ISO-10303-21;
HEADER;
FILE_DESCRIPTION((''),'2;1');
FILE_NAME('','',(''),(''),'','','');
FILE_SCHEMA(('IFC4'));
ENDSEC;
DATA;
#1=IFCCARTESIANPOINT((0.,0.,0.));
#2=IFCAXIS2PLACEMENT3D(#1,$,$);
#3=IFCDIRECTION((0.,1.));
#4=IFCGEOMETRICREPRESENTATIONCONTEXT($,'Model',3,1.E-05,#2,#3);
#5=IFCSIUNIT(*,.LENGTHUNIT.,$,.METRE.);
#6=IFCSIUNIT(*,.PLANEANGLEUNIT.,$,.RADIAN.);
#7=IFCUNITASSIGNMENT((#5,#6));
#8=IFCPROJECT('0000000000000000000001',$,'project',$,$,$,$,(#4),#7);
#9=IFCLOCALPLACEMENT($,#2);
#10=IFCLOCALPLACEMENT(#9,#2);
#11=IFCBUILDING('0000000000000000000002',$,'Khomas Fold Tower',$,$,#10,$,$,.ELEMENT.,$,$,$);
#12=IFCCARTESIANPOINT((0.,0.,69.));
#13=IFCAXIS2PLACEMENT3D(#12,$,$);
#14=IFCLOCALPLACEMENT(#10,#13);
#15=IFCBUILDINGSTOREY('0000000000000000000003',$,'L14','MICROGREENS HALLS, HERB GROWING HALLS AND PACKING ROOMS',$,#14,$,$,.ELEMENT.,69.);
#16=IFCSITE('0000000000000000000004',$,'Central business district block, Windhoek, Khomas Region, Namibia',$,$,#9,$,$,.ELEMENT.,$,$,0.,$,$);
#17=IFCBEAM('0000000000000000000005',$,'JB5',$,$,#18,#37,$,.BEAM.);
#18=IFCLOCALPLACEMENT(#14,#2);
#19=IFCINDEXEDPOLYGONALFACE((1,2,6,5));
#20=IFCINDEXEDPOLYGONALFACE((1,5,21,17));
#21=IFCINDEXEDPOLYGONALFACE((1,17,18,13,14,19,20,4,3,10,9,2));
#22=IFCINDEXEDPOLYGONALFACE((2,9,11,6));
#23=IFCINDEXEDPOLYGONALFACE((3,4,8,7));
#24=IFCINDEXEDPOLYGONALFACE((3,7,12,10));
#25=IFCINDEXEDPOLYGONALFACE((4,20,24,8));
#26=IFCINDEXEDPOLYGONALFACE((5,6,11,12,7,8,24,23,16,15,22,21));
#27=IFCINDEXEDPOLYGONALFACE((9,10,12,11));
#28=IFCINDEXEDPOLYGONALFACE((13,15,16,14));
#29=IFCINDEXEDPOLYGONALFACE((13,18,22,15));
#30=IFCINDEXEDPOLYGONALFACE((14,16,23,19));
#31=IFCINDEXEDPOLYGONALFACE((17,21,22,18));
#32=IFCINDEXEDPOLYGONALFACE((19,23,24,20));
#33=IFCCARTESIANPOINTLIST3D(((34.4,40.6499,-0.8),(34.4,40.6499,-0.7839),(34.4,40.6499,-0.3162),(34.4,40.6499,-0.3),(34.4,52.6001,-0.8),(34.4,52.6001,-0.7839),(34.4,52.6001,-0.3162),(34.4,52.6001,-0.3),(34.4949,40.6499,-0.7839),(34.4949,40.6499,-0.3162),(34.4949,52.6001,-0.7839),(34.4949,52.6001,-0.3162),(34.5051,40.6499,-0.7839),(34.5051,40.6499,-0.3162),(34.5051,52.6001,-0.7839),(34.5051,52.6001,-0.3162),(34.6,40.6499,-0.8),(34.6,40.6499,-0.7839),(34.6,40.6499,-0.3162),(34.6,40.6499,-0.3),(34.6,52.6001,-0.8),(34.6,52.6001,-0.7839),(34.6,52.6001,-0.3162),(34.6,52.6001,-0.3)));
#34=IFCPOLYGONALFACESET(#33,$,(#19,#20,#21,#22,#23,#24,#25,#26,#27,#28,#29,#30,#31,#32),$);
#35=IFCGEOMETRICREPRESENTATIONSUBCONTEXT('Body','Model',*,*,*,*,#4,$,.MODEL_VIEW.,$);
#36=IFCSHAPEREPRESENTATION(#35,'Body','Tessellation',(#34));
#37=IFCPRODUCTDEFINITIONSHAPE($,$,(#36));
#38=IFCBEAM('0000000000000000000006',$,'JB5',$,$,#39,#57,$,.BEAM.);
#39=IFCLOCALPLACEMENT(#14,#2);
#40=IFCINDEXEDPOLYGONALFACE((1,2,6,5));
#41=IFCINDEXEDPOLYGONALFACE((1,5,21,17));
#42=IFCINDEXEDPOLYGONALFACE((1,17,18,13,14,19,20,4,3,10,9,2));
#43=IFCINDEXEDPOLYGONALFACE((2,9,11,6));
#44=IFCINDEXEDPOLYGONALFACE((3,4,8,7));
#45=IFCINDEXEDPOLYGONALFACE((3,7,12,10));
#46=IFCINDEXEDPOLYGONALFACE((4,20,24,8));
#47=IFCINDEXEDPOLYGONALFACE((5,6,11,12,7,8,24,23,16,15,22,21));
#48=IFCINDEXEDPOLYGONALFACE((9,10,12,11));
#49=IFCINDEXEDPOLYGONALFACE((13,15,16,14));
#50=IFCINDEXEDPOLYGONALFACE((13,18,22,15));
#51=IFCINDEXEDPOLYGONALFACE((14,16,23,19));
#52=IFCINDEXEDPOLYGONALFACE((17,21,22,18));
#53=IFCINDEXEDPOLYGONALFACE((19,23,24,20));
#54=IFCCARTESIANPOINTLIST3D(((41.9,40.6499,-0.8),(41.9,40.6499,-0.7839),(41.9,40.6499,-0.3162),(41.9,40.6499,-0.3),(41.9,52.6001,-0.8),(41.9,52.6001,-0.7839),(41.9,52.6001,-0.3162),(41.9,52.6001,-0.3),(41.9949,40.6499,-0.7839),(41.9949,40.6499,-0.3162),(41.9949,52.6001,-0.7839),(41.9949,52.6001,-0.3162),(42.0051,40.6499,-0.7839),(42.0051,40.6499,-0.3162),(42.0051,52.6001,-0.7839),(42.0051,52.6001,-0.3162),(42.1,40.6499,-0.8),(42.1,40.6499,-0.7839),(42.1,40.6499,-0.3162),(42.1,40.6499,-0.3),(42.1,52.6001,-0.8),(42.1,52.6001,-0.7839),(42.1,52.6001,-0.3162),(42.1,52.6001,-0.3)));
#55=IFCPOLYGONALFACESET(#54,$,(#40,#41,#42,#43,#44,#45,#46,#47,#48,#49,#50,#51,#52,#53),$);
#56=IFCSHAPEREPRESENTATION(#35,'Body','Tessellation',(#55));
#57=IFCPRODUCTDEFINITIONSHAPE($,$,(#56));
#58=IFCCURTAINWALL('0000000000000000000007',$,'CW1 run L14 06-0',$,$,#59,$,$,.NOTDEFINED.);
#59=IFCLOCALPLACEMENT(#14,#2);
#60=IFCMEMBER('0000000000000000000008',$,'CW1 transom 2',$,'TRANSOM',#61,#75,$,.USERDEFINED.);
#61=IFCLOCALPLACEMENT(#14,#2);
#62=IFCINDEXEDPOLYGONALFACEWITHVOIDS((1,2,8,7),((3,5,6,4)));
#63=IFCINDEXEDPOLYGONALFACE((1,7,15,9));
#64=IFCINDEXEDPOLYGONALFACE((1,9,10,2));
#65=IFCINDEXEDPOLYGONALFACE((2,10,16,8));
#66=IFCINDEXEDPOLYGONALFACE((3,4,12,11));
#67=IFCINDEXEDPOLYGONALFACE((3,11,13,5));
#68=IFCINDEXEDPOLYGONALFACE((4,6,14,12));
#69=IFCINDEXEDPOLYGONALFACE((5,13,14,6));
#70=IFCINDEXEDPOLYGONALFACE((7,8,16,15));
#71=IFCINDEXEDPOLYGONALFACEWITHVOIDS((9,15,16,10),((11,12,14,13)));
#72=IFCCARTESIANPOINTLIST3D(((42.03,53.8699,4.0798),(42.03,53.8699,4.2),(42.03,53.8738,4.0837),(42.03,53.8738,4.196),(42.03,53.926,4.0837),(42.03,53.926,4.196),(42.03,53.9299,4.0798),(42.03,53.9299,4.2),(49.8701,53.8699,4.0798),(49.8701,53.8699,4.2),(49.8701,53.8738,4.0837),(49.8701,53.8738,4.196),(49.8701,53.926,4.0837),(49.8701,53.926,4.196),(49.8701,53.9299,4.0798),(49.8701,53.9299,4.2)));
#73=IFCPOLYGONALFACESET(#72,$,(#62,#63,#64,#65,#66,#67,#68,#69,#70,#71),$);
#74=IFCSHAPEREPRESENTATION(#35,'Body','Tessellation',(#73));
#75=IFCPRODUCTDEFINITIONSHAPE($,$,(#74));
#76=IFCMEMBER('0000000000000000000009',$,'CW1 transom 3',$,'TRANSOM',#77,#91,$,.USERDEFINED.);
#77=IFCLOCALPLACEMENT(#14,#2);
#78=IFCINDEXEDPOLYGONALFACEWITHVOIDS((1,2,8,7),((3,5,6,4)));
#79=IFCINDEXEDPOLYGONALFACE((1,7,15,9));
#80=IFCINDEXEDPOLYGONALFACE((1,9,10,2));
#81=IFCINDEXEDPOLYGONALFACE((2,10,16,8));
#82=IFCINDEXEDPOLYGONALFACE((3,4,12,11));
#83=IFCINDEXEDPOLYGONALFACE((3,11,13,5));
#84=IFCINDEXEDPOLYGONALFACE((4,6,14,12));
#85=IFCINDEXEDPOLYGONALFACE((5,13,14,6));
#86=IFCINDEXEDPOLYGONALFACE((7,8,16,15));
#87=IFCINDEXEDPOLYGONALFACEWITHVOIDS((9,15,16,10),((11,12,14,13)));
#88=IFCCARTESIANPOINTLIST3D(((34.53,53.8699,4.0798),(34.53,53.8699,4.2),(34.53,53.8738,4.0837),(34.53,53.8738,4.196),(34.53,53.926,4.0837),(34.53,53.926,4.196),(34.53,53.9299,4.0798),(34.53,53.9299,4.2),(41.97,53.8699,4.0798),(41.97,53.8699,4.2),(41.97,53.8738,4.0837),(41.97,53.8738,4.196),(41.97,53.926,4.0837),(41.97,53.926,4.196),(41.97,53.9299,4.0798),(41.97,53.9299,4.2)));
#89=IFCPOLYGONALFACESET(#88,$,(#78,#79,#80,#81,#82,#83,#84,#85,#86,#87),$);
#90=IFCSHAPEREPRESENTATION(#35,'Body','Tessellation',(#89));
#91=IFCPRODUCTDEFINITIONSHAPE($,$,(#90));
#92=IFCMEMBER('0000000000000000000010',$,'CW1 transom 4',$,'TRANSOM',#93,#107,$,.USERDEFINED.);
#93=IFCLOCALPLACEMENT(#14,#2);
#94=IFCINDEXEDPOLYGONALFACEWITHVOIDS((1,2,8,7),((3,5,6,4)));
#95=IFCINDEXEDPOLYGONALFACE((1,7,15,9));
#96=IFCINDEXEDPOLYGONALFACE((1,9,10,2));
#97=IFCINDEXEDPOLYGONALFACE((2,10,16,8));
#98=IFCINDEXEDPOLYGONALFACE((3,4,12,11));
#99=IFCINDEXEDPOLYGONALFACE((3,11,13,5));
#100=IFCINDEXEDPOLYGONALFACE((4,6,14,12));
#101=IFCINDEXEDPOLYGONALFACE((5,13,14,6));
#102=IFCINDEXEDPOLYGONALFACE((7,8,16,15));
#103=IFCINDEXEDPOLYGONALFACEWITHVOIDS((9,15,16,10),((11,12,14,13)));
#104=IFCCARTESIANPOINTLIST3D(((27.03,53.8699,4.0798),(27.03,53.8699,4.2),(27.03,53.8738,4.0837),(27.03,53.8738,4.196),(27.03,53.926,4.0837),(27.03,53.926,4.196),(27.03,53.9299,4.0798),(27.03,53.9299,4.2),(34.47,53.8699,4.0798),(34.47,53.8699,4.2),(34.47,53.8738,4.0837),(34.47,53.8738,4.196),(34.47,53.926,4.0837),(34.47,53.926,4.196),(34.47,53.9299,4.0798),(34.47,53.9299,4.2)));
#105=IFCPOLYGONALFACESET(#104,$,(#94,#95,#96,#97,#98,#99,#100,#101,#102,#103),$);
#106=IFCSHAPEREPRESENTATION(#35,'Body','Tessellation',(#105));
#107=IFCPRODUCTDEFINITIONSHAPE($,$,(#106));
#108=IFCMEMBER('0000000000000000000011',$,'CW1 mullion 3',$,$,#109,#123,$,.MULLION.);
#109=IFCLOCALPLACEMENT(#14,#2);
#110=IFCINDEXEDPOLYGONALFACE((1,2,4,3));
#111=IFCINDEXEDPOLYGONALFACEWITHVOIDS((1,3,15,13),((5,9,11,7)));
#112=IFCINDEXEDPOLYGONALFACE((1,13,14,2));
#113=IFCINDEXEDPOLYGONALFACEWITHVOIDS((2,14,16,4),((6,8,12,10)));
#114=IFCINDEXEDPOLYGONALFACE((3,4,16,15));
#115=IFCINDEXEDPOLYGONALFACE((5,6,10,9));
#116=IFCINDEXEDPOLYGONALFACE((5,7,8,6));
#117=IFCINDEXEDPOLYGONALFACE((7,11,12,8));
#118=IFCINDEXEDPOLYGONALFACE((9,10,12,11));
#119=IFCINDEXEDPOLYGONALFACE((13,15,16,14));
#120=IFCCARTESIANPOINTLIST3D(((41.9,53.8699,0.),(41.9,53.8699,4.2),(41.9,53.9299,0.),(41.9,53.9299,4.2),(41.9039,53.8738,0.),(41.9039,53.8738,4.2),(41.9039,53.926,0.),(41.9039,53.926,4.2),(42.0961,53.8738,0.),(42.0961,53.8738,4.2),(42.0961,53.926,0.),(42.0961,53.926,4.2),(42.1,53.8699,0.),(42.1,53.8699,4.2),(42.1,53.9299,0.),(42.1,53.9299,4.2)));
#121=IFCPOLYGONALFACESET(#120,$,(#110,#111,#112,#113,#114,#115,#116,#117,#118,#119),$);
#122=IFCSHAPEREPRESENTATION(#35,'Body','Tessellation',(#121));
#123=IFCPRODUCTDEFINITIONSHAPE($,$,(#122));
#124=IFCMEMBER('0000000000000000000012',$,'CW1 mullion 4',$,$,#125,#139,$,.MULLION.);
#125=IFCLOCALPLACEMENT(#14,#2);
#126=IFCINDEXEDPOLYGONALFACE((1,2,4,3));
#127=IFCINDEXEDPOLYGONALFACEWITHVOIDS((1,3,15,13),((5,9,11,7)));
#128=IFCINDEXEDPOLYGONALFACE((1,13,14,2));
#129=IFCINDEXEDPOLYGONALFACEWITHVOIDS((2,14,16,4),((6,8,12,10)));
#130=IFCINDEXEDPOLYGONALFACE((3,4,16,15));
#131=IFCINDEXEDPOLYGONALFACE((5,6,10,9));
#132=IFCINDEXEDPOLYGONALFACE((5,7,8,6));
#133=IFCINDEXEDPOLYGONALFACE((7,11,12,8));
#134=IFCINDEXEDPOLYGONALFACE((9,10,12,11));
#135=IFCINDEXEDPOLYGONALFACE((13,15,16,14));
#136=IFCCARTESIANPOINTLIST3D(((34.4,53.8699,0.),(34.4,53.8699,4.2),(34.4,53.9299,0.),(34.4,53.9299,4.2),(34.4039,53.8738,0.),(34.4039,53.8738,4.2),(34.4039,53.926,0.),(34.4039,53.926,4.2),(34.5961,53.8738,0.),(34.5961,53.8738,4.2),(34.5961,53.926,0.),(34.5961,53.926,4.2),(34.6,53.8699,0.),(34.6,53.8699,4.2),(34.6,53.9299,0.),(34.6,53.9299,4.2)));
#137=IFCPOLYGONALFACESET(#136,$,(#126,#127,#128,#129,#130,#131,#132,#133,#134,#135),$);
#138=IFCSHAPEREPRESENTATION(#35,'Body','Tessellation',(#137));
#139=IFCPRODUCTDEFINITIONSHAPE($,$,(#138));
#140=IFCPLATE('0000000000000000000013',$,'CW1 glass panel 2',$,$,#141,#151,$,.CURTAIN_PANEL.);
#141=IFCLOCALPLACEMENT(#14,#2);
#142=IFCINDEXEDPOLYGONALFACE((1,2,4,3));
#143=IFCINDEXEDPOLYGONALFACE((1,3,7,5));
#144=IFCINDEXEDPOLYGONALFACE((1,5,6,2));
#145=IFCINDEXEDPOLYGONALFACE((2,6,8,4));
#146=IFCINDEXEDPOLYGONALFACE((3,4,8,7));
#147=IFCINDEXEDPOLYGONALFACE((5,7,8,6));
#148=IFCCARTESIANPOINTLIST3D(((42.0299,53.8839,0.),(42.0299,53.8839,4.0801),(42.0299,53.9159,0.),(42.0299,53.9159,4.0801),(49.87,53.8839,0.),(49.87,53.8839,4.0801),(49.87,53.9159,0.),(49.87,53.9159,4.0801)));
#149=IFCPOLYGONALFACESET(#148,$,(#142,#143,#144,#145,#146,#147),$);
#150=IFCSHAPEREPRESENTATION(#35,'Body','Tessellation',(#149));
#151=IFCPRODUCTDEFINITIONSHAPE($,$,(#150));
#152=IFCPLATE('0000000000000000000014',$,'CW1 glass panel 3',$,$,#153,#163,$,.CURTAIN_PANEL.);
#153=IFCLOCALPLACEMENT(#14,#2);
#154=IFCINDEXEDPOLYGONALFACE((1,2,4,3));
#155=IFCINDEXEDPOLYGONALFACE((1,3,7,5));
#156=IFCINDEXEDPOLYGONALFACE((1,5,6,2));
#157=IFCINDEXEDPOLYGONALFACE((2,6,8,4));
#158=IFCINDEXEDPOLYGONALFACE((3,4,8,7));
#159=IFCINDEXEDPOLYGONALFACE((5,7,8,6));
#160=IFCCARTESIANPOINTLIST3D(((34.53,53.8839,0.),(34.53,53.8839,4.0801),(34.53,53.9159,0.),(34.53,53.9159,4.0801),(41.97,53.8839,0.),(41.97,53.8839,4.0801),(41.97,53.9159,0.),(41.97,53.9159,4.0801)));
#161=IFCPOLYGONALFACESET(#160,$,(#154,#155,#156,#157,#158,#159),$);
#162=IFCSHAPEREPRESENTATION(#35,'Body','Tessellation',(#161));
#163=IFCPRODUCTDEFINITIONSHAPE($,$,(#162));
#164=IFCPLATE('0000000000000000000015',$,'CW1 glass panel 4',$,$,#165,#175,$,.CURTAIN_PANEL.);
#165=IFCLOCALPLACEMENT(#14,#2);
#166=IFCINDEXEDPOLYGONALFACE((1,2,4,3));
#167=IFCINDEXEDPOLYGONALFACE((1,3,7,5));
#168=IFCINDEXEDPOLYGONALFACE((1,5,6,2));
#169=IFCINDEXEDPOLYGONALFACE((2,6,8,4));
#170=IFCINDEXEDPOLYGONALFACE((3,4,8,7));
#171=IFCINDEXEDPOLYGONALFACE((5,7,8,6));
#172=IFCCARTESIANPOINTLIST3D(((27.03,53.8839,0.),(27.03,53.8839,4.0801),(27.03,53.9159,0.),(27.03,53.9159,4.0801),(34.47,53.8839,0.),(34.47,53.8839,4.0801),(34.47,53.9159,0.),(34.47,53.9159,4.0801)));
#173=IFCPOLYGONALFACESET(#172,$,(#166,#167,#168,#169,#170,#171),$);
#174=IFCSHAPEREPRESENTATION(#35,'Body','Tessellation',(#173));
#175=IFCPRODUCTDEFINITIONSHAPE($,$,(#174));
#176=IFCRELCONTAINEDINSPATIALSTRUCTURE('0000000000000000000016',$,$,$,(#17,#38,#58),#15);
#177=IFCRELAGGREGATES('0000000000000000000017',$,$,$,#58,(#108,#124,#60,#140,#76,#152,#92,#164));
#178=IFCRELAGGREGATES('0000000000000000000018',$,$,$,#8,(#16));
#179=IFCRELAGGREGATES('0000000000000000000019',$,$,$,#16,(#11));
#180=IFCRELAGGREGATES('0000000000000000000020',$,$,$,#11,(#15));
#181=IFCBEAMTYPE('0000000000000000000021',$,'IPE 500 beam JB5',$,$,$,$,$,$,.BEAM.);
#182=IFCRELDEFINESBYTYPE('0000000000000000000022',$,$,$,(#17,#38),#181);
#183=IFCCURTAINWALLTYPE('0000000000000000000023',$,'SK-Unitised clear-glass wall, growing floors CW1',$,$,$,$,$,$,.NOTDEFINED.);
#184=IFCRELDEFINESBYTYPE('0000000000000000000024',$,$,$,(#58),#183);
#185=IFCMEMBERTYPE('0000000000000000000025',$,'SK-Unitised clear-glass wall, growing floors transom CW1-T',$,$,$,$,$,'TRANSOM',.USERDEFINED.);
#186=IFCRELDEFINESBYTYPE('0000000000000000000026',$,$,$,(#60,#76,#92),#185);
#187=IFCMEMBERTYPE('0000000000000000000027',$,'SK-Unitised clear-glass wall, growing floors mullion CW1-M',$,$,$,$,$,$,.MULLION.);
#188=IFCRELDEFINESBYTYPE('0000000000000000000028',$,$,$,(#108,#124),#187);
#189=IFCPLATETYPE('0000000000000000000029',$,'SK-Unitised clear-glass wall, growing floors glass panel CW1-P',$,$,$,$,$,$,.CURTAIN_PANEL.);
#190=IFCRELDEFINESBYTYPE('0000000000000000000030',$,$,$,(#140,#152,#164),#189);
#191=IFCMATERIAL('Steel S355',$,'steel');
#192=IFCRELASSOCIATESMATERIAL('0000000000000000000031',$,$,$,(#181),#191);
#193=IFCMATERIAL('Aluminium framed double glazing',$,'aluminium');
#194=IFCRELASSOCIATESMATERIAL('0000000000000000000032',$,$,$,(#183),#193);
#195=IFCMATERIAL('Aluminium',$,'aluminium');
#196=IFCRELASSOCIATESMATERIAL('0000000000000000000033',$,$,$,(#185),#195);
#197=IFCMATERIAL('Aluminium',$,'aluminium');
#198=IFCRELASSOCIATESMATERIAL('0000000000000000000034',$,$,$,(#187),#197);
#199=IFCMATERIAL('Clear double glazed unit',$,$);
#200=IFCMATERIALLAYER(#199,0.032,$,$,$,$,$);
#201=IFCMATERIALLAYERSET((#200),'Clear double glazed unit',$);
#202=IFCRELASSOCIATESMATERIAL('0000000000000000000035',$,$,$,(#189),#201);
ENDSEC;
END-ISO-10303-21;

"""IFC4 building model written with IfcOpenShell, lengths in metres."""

from ifc_helpers import new_model, si_unit, direction, frame, origin, origin_2d, place, context, subcontext, project, spatial, rectangle, hollow_rectangle, i_section, extrude, source, transform, mapped, material, layer, layer_set, material_profile, profile_set, type_object, element, aggregate, save


model = new_model("IFC4")

# Units and contexts
model_context = context("Model", 3, precision=1e-05, world=origin(), true_north=direction((0.0, 1.0)))
body_context = subcontext(model_context, "Body", "Model", "MODEL_VIEW")
ifc_project = project(units=[si_unit("LENGTHUNIT", "METRE"), si_unit("PLANEANGLEUNIT", "RADIAN")], contexts=[model_context])

# Site, building, storey
site_placement = place(None, origin())
site = spatial("IfcSite", under=ifc_project, at=site_placement, Name="Central business district block, Windhoek, Khomas Region, Namibia", CompositionType="ELEMENT", RefElevation=0.0)
building_placement = place(site_placement, origin())
building = spatial("IfcBuilding", under=site, at=building_placement, Name="Khomas Fold Tower", CompositionType="ELEMENT")
storey_placement = place(building_placement, frame((0.0, 0.0, 69.0)))
storey = spatial("IfcBuildingStorey", under=building, at=storey_placement, Name="L14", Description="MICROGREENS HALLS, HERB GROWING HALLS AND PACKING ROOMS", CompositionType="ELEMENT", Elevation=69.0)

# Beams
ifc_material_1 = material(Name="Steel S355", Category="steel")
ifc_material_profile_1 = material_profile(ifc_material_1, i_section(OverallWidth=0.2, OverallDepth=0.5, WebThickness=0.0103, FlangeThickness=0.0161, at=origin_2d()), Name="IPE 500")
ifc_profile_set_1 = profile_set([ifc_material_profile_1], Name="Steel S355")
beam_type_1 = type_object("IfcBeamType", Name="IPE 500 beam JB5", PredefinedType="BEAM", material=ifc_profile_set_1)
shared_shape_1 = source(origin(), body_context, "Body", "SweptSolid", [
    extrude(i_section(OverallWidth=0.2, OverallDepth=0.5, WebThickness=0.0103, FlangeThickness=0.0161, at=origin_2d()), origin(), (0.0, 0.0, 1.0), 11.9502),
])
for number, where, z_axis, x_axis, name in (
    (1, (34.5, 40.6499, -0.55), (0.0, 1.0, 0.0), (-1.0, 0.0, 0.0), "JB5"),
    (2, (42.0, 40.6499, -0.55), (0.0, 1.0, 0.0), (-1.0, 0.0, 0.0), "JB5"),
):
    element("IfcBeam", number, at=place(storey_placement, frame(where, z_axis=z_axis, x_axis=x_axis)), inside=storey, type_object=beam_type_1, Name=name, PredefinedType="BEAM", context=body_context, shape_type="MappedRepresentation", body=[
        mapped(shared_shape_1, transform((0.0, 0.0, 0.0))),
    ])

# Curtain wall, members, plates
ifc_material_2 = material(Name="Aluminium framed double glazing", Category="aluminium")
curtain_wall_type = type_object("IfcCurtainWallType", Name="SK-Unitised clear-glass wall, growing floors CW1", PredefinedType="NOTDEFINED", material=ifc_material_2)
curtain_wall_placement = place(storey_placement, origin())
curtain_wall = element("IfcCurtainWall", 3, at=curtain_wall_placement, inside=storey, type_object=curtain_wall_type, Name="CW1 run L14 06-0", PredefinedType="NOTDEFINED")
ifc_material_3 = material(Name="Aluminium", Category="aluminium")
ifc_material_profile_2 = material_profile(ifc_material_3, hollow_rectangle(XDim=0.0601, YDim=0.1201, WallThickness=0.0039, at=origin_2d()), Name="SK-Unitised clear-glass wall, growing floors transom CW1-T")
ifc_profile_set_2 = profile_set([ifc_material_profile_2], Name="Aluminium")
member_type_1 = type_object("IfcMemberType", Name="SK-Unitised clear-glass wall, growing floors transom CW1-T", ElementType="TRANSOM", PredefinedType="USERDEFINED", material=ifc_profile_set_2)
shared_shape_2 = source(origin(), body_context, "Body", "SweptSolid", [
    extrude(hollow_rectangle(XDim=0.0601, YDim=0.1201, WallThickness=0.0039, at=origin_2d()), origin(), (0.0, 0.0, 1.0), 7.8401),
])
member_1_placement = place(storey_placement, frame((49.8701, 53.8999, 4.1399), z_axis=(-1.0, 0.0, 0.0), x_axis=(0.0, -1.0, 0.0)))
member_1 = element("IfcMember", 4, at=member_1_placement, type_object=member_type_1, Name="CW1 transom 2", ObjectType="TRANSOM", PredefinedType="USERDEFINED", context=body_context, shape_type="MappedRepresentation", body=[
    mapped(shared_shape_2, transform((0.0, 0.0, 0.0))),
])
shared_shape_3 = source(origin(), body_context, "Body", "SweptSolid", [
    extrude(hollow_rectangle(XDim=0.0601, YDim=0.1201, WallThickness=0.0039, at=origin_2d()), origin(), (0.0, 0.0, 1.0), 7.4399),
])
member_2_placement = place(storey_placement, frame((41.97, 53.8999, 4.1399), z_axis=(-1.0, 0.0, 0.0), x_axis=(0.0, -1.0, 0.0)))
member_2 = element("IfcMember", 5, at=member_2_placement, type_object=member_type_1, Name="CW1 transom 3", ObjectType="TRANSOM", PredefinedType="USERDEFINED", context=body_context, shape_type="MappedRepresentation", body=[
    mapped(shared_shape_3, transform((0.0, 0.0, 0.0))),
])
member_3_placement = place(storey_placement, frame((34.47, 53.8999, 4.1399), z_axis=(-1.0, 0.0, 0.0), x_axis=(0.0, -1.0, 0.0)))
member_3 = element("IfcMember", 6, at=member_3_placement, type_object=member_type_1, Name="CW1 transom 4", ObjectType="TRANSOM", PredefinedType="USERDEFINED", context=body_context, shape_type="MappedRepresentation", body=[
    mapped(shared_shape_3, transform((0.0, 0.0, 0.0))),
])
ifc_material_4 = material(Name="Aluminium", Category="aluminium")
ifc_material_profile_3 = material_profile(ifc_material_4, hollow_rectangle(XDim=0.0601, YDim=0.2, WallThickness=0.0039, at=origin_2d()), Name="SK-Unitised clear-glass wall, growing floors mullion CW1-M")
ifc_profile_set_3 = profile_set([ifc_material_profile_3], Name="Aluminium")
member_type_2 = type_object("IfcMemberType", Name="SK-Unitised clear-glass wall, growing floors mullion CW1-M", PredefinedType="MULLION", material=ifc_profile_set_3)
shared_shape_4 = source(origin(), body_context, "Body", "SweptSolid", [
    extrude(hollow_rectangle(XDim=0.0601, YDim=0.2, WallThickness=0.0039, at=origin_2d()), origin(), (0.0, 0.0, 1.0), 4.2),
])
member_4_placement = place(storey_placement, frame((42.0, 53.8999, 0.0), z_axis=(0.0, 0.0, 1.0), x_axis=(0.0, -1.0, 0.0)))
member_4 = element("IfcMember", 7, at=member_4_placement, type_object=member_type_2, Name="CW1 mullion 3", PredefinedType="MULLION", context=body_context, shape_type="MappedRepresentation", body=[
    mapped(shared_shape_4, transform((0.0, 0.0, 0.0))),
])
member_5_placement = place(storey_placement, frame((34.5, 53.8999, 0.0), z_axis=(0.0, 0.0, 1.0), x_axis=(0.0, -1.0, 0.0)))
member_5 = element("IfcMember", 8, at=member_5_placement, type_object=member_type_2, Name="CW1 mullion 4", PredefinedType="MULLION", context=body_context, shape_type="MappedRepresentation", body=[
    mapped(shared_shape_4, transform((0.0, 0.0, 0.0))),
])
ifc_material_5 = material(Name="Clear double glazed unit")
ifc_layer_1 = layer(ifc_material_5, 0.032)
ifc_layer_set_1 = layer_set([ifc_layer_1], Name="Clear double glazed unit")
plate_type = type_object("IfcPlateType", Name="SK-Unitised clear-glass wall, growing floors glass panel CW1-P", PredefinedType="CURTAIN_PANEL", material=ifc_layer_set_1)
shared_shape_5 = source(origin(), body_context, "Body", "SweptSolid", [
    extrude(rectangle(XDim=7.8401, YDim=0.032, at=origin_2d()), origin(), (0.0, 0.0, 1.0), 4.0801),
])
plate_1_placement = place(storey_placement, frame((45.95, 53.8999, 0.0), z_axis=(0.0, 0.0, 1.0), x_axis=(-1.0, 0.0, 0.0)))
plate_1 = element("IfcPlate", 9, at=plate_1_placement, type_object=plate_type, Name="CW1 glass panel 2", PredefinedType="CURTAIN_PANEL", context=body_context, shape_type="MappedRepresentation", body=[
    mapped(shared_shape_5, transform((0.0, 0.0, 0.0))),
])
shared_shape_6 = source(origin(), body_context, "Body", "SweptSolid", [
    extrude(rectangle(XDim=7.4399, YDim=0.032, at=origin_2d()), origin(), (0.0, 0.0, 1.0), 4.0801),
])
plate_2_placement = place(storey_placement, frame((38.25, 53.8999, 0.0), z_axis=(0.0, 0.0, 1.0), x_axis=(-1.0, 0.0, 0.0)))
plate_2 = element("IfcPlate", 10, at=plate_2_placement, type_object=plate_type, Name="CW1 glass panel 3", PredefinedType="CURTAIN_PANEL", context=body_context, shape_type="MappedRepresentation", body=[
    mapped(shared_shape_6, transform((0.0, 0.0, 0.0))),
])
plate_3_placement = place(storey_placement, frame((30.75, 53.8999, 0.0), z_axis=(0.0, 0.0, 1.0), x_axis=(-1.0, 0.0, 0.0)))
plate_3 = element("IfcPlate", 11, at=plate_3_placement, type_object=plate_type, Name="CW1 glass panel 4", PredefinedType="CURTAIN_PANEL", context=body_context, shape_type="MappedRepresentation", body=[
    mapped(shared_shape_6, transform((0.0, 0.0, 0.0))),
])
aggregate(curtain_wall, [member_4, member_5, member_1, plate_1, member_2, plate_2, member_3, plate_3])

save(model, "model.ifc")
